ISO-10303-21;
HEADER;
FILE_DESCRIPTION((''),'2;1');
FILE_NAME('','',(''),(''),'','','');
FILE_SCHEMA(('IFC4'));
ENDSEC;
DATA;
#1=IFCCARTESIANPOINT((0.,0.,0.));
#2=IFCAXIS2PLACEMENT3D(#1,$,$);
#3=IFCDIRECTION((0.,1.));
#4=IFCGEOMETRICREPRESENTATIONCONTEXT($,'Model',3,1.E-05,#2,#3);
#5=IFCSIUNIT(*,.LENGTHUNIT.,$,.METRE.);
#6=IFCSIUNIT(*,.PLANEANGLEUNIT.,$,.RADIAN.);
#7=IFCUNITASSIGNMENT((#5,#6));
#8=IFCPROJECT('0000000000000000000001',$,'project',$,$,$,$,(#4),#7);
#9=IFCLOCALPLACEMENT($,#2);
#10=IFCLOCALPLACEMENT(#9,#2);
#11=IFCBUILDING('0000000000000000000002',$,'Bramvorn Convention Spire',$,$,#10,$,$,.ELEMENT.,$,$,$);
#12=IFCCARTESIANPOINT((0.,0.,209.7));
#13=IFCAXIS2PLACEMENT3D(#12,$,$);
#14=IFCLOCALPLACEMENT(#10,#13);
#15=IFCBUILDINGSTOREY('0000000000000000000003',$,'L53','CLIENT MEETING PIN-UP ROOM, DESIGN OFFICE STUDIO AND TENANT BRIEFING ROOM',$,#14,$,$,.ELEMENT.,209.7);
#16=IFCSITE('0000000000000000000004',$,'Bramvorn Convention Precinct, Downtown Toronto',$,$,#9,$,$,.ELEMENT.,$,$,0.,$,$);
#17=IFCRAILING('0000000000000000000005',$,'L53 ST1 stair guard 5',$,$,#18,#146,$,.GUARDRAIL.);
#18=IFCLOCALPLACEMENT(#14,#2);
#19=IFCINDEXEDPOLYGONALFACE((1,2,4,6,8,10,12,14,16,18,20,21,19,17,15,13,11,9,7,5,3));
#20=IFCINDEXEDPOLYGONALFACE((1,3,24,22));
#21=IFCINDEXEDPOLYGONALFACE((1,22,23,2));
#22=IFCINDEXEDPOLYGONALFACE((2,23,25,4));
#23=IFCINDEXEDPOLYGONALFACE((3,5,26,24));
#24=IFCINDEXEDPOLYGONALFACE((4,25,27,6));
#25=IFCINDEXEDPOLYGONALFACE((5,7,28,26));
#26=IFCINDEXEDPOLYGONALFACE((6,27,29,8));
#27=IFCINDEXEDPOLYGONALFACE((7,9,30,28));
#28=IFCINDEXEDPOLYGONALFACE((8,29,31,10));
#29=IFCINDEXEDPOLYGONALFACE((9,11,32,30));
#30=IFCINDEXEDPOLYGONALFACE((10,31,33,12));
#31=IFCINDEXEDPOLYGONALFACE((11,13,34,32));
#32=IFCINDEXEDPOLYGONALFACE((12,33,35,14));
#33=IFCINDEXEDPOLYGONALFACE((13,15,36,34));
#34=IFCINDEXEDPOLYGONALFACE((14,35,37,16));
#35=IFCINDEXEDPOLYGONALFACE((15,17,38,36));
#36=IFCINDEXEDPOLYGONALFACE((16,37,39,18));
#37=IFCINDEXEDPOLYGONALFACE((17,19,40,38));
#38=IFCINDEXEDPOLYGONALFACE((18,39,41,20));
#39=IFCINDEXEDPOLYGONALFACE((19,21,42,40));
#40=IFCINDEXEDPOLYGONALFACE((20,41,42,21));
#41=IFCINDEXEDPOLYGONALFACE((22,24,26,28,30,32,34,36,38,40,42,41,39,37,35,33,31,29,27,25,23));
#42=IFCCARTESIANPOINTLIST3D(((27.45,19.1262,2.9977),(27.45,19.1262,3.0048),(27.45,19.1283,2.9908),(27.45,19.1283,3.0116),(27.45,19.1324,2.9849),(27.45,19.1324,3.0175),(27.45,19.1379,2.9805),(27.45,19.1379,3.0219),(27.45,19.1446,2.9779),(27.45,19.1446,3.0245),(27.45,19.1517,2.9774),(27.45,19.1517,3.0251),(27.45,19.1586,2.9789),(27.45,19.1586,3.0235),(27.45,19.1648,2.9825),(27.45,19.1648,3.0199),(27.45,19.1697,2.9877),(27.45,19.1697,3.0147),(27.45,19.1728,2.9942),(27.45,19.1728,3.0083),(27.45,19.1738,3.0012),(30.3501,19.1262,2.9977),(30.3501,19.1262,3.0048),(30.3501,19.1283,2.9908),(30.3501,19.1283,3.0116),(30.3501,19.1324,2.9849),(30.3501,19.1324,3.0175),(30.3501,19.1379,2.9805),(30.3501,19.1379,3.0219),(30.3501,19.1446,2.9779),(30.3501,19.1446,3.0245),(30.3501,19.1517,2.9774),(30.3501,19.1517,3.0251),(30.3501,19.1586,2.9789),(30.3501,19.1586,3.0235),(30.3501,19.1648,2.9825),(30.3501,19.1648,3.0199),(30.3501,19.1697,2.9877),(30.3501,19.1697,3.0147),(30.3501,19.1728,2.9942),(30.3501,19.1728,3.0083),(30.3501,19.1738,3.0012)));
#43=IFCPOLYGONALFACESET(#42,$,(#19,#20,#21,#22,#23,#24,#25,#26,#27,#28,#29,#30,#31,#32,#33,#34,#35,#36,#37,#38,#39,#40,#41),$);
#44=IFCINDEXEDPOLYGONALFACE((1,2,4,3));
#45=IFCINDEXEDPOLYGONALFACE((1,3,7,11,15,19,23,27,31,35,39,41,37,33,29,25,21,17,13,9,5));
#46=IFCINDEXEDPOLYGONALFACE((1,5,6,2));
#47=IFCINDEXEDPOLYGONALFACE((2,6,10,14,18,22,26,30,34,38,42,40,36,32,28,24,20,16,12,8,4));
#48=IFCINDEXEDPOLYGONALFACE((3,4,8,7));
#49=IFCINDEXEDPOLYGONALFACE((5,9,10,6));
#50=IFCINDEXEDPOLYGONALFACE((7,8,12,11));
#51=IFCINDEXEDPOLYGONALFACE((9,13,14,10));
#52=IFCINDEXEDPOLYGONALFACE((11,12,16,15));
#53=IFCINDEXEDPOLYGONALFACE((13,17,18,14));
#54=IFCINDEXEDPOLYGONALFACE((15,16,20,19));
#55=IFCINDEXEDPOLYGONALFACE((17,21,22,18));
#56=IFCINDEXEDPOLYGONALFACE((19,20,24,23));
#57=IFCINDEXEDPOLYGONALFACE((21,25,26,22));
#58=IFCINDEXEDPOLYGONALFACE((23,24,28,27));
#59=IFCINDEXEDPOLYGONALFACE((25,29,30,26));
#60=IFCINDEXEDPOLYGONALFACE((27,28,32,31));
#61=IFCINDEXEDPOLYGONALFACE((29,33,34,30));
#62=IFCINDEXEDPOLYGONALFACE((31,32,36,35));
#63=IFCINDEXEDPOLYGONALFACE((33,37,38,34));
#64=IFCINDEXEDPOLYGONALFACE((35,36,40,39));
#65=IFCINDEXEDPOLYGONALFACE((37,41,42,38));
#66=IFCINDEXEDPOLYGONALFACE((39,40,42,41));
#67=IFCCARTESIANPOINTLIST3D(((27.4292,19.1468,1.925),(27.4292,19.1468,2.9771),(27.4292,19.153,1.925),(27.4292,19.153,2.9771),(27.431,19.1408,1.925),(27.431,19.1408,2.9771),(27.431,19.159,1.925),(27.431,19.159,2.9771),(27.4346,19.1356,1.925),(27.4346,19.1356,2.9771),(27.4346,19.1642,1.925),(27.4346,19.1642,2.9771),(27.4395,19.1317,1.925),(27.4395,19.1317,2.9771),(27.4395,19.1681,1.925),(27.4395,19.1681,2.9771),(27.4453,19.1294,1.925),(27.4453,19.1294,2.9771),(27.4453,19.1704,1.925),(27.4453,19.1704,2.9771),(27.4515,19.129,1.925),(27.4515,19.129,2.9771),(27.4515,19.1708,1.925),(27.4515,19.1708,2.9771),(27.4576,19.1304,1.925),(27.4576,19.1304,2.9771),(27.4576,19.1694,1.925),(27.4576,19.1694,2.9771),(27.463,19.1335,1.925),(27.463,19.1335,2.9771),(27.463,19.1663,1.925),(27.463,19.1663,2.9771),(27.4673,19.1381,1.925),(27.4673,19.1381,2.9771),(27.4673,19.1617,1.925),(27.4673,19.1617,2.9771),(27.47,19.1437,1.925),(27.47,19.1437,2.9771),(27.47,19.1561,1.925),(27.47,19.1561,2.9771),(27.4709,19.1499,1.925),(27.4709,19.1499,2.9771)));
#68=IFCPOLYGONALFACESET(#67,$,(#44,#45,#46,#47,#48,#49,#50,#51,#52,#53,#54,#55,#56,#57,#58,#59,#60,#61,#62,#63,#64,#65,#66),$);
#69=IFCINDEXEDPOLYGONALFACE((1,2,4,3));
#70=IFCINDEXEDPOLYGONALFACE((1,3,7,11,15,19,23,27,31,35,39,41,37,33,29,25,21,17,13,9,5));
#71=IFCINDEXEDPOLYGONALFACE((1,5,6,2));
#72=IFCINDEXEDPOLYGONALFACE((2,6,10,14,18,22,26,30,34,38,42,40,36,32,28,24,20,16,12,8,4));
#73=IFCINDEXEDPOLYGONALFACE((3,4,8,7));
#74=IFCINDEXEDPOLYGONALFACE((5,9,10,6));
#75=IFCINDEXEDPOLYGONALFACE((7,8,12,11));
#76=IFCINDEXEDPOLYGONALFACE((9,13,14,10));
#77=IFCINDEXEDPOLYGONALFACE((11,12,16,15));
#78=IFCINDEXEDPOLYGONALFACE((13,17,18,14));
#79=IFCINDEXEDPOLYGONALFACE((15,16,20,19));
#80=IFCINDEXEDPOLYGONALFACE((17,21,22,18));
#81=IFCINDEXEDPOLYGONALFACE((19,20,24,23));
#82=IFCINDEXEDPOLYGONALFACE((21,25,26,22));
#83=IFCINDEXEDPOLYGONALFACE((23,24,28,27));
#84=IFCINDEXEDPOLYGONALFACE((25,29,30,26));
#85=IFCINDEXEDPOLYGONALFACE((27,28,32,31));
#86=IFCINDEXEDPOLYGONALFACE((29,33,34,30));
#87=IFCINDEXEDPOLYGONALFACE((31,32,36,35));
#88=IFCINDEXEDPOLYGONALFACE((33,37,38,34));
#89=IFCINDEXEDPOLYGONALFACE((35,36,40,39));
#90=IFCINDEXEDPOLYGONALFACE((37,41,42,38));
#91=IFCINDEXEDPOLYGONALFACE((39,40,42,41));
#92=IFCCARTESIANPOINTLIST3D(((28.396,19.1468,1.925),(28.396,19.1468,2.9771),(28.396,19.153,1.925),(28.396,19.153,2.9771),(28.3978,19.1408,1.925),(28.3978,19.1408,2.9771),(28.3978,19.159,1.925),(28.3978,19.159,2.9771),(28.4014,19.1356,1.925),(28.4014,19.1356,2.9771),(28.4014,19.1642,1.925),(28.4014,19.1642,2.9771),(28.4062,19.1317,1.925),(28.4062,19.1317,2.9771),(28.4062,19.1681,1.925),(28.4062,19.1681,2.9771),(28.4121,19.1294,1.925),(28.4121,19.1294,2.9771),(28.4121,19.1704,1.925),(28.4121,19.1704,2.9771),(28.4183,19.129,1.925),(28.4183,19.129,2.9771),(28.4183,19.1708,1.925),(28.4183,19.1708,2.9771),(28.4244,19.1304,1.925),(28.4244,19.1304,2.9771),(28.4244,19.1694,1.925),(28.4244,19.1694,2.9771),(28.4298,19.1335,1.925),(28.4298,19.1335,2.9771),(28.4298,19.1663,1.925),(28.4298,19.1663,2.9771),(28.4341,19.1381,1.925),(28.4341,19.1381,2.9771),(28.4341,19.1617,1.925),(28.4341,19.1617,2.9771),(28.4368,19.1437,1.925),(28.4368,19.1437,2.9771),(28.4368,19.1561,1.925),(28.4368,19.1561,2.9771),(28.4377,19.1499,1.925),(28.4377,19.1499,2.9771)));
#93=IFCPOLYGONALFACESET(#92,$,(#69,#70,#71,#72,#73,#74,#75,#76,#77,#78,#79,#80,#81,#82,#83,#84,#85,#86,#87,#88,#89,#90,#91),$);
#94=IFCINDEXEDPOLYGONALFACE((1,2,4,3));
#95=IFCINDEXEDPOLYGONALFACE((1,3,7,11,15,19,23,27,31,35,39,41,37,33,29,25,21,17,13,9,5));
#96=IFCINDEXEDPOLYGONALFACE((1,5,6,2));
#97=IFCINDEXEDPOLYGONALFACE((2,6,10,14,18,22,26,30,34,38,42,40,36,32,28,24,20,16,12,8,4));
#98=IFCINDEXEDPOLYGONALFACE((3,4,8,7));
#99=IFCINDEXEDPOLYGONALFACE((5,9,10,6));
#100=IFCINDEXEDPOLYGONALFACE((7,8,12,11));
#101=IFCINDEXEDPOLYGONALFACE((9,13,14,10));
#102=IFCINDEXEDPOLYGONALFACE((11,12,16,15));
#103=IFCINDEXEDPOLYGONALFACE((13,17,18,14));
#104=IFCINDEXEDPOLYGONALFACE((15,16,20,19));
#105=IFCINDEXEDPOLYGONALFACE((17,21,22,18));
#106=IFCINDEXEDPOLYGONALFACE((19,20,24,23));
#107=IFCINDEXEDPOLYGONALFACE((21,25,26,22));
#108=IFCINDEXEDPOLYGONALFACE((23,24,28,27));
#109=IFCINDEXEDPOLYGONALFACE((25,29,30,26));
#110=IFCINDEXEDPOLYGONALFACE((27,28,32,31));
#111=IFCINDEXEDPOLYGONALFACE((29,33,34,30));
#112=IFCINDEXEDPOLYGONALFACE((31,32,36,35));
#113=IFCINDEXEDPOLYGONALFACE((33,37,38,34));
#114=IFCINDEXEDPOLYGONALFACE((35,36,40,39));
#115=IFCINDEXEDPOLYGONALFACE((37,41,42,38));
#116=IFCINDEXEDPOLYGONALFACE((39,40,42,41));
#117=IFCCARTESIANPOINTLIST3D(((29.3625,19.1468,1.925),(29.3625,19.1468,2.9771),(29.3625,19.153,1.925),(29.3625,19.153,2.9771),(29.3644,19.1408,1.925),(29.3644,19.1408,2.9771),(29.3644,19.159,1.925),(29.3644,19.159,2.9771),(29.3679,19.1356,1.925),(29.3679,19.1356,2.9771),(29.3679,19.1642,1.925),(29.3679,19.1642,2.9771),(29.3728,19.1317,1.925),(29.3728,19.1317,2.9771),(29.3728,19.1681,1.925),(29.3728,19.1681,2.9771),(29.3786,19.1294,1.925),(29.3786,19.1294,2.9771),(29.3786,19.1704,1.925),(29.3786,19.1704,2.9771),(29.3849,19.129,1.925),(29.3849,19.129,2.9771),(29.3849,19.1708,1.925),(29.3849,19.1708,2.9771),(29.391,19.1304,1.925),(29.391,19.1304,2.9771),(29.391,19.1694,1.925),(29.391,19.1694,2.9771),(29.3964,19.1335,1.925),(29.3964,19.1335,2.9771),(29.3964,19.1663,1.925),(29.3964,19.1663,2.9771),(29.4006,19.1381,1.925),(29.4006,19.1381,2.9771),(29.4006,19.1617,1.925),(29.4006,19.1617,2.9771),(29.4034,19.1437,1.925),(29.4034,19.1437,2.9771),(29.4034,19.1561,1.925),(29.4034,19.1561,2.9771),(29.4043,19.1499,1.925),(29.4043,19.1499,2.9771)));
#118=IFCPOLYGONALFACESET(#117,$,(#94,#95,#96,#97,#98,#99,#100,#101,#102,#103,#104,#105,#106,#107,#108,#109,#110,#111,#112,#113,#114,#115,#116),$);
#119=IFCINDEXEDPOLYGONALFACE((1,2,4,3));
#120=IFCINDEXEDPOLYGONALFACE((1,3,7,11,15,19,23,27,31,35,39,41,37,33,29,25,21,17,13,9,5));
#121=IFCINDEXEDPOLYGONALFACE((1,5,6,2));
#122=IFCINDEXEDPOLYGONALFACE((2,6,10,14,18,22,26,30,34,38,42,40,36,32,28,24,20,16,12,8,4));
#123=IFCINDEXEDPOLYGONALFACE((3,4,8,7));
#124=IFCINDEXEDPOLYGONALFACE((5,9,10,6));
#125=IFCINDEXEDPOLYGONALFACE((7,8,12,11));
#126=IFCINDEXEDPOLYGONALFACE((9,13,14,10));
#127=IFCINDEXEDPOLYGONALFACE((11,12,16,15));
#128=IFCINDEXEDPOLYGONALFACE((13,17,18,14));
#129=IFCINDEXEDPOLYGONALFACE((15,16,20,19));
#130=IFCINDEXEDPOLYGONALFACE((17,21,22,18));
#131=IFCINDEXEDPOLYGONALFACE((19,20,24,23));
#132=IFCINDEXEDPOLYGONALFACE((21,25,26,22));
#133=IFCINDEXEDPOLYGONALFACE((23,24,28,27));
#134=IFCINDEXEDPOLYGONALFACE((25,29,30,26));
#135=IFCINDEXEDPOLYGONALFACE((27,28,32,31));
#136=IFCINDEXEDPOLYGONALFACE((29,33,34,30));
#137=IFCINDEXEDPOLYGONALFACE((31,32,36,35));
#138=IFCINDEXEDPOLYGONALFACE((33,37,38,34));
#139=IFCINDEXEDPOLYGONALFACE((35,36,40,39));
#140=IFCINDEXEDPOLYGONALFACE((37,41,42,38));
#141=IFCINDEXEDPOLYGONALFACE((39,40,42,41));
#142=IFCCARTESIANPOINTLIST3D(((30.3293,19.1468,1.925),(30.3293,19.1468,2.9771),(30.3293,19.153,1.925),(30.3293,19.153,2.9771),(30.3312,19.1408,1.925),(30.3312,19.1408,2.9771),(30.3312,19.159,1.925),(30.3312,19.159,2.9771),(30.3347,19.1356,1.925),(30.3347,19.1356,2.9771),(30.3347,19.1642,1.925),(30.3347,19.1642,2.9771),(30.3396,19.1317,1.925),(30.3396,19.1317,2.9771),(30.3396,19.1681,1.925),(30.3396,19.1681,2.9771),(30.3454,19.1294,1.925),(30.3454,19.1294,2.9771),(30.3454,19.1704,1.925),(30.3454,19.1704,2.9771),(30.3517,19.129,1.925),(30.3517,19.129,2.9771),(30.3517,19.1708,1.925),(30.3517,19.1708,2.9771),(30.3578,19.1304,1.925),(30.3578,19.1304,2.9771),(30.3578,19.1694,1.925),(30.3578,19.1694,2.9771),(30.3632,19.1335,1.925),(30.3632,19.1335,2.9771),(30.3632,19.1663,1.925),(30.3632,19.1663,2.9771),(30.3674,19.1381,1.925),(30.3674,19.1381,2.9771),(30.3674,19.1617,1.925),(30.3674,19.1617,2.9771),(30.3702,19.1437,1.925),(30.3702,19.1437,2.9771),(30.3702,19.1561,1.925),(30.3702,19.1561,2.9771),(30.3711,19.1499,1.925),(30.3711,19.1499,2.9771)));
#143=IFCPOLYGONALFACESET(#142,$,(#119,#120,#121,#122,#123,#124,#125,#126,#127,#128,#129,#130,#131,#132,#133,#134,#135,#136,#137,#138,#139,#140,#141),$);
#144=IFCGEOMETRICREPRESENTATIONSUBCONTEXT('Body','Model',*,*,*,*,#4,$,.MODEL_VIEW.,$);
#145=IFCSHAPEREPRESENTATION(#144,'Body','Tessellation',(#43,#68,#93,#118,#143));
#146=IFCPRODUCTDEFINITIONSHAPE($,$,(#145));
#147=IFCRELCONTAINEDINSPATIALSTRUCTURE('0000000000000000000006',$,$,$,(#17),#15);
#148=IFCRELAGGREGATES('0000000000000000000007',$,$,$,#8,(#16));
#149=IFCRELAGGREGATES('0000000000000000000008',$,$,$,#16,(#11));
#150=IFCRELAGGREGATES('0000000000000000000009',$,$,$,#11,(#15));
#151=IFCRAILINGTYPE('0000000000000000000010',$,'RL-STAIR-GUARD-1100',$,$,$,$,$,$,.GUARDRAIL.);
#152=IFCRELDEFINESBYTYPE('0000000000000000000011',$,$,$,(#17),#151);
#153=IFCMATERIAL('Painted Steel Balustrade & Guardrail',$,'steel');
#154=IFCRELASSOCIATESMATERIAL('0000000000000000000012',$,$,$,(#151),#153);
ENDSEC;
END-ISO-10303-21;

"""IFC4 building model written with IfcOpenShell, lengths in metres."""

from ifc_helpers import new_model, si_unit, direction, frame, origin, origin_2d, place, context, subcontext, project, spatial, circle, extrude, material, type_object, element, save


model = new_model("IFC4")

# Units and contexts
model_context = context("Model", 3, precision=1e-05, world=origin(), true_north=direction((0.0, 1.0)))
body_context = subcontext(model_context, "Body", "Model", "MODEL_VIEW")
ifc_project = project(units=[si_unit("LENGTHUNIT", "METRE"), si_unit("PLANEANGLEUNIT", "RADIAN")], contexts=[model_context])

# Site, building, storey
site_placement = place(None, origin())
site = spatial("IfcSite", under=ifc_project, at=site_placement, Name="Bramvorn Convention Precinct, Downtown Toronto", CompositionType="ELEMENT", RefElevation=0.0)
building_placement = place(site_placement, origin())
building = spatial("IfcBuilding", under=site, at=building_placement, Name="Bramvorn Convention Spire", CompositionType="ELEMENT")
storey_placement = place(building_placement, frame((0.0, 0.0, 209.7)))
storey = spatial("IfcBuildingStorey", under=building, at=storey_placement, Name="L53", Description="CLIENT MEETING PIN-UP ROOM, DESIGN OFFICE STUDIO AND TENANT BRIEFING ROOM", CompositionType="ELEMENT", Elevation=209.7)

# Railing
ifc_material_1 = material(Name="Painted Steel Balustrade & Guardrail", Category="steel")
railing_type_1 = type_object("IfcRailingType", Name="RL-STAIR-GUARD-1100", PredefinedType="GUARDRAIL", material=ifc_material_1)
railing_1_placement = place(storey_placement, frame((27.45, 19.1499, 1.925)))
element("IfcRailing", 1, at=railing_1_placement, inside=storey, type_object=railing_type_1, Name="L53 ST1 stair guard 5", PredefinedType="GUARDRAIL", context=body_context, shape_type="SweptSolid", body=[
    extrude(circle(Radius=0.0239, at=origin_2d()), frame((0.0, 0.0, 1.0762), z_axis=(1.0, 0.0, 0.0), x_axis=(0.0, 1.0, 0.0)), (0.0, 0.0, 1.0), 2.9001),
    extrude(circle(Radius=0.021, at=origin_2d()), origin(), (0.0, 0.0, 1.0), 1.052),
    extrude(circle(Radius=0.021, at=origin_2d()), frame((0.9668, 0.0, 0.0)), (0.0, 0.0, 1.0), 1.052),
    extrude(circle(Radius=0.021, at=origin_2d()), frame((1.9333, 0.0, 0.0)), (0.0, 0.0, 1.0), 1.052),
    extrude(circle(Radius=0.021, at=origin_2d()), frame((2.9001, 0.0, 0.0)), (0.0, 0.0, 1.0), 1.052),
])

save(model, "model.ifc")
